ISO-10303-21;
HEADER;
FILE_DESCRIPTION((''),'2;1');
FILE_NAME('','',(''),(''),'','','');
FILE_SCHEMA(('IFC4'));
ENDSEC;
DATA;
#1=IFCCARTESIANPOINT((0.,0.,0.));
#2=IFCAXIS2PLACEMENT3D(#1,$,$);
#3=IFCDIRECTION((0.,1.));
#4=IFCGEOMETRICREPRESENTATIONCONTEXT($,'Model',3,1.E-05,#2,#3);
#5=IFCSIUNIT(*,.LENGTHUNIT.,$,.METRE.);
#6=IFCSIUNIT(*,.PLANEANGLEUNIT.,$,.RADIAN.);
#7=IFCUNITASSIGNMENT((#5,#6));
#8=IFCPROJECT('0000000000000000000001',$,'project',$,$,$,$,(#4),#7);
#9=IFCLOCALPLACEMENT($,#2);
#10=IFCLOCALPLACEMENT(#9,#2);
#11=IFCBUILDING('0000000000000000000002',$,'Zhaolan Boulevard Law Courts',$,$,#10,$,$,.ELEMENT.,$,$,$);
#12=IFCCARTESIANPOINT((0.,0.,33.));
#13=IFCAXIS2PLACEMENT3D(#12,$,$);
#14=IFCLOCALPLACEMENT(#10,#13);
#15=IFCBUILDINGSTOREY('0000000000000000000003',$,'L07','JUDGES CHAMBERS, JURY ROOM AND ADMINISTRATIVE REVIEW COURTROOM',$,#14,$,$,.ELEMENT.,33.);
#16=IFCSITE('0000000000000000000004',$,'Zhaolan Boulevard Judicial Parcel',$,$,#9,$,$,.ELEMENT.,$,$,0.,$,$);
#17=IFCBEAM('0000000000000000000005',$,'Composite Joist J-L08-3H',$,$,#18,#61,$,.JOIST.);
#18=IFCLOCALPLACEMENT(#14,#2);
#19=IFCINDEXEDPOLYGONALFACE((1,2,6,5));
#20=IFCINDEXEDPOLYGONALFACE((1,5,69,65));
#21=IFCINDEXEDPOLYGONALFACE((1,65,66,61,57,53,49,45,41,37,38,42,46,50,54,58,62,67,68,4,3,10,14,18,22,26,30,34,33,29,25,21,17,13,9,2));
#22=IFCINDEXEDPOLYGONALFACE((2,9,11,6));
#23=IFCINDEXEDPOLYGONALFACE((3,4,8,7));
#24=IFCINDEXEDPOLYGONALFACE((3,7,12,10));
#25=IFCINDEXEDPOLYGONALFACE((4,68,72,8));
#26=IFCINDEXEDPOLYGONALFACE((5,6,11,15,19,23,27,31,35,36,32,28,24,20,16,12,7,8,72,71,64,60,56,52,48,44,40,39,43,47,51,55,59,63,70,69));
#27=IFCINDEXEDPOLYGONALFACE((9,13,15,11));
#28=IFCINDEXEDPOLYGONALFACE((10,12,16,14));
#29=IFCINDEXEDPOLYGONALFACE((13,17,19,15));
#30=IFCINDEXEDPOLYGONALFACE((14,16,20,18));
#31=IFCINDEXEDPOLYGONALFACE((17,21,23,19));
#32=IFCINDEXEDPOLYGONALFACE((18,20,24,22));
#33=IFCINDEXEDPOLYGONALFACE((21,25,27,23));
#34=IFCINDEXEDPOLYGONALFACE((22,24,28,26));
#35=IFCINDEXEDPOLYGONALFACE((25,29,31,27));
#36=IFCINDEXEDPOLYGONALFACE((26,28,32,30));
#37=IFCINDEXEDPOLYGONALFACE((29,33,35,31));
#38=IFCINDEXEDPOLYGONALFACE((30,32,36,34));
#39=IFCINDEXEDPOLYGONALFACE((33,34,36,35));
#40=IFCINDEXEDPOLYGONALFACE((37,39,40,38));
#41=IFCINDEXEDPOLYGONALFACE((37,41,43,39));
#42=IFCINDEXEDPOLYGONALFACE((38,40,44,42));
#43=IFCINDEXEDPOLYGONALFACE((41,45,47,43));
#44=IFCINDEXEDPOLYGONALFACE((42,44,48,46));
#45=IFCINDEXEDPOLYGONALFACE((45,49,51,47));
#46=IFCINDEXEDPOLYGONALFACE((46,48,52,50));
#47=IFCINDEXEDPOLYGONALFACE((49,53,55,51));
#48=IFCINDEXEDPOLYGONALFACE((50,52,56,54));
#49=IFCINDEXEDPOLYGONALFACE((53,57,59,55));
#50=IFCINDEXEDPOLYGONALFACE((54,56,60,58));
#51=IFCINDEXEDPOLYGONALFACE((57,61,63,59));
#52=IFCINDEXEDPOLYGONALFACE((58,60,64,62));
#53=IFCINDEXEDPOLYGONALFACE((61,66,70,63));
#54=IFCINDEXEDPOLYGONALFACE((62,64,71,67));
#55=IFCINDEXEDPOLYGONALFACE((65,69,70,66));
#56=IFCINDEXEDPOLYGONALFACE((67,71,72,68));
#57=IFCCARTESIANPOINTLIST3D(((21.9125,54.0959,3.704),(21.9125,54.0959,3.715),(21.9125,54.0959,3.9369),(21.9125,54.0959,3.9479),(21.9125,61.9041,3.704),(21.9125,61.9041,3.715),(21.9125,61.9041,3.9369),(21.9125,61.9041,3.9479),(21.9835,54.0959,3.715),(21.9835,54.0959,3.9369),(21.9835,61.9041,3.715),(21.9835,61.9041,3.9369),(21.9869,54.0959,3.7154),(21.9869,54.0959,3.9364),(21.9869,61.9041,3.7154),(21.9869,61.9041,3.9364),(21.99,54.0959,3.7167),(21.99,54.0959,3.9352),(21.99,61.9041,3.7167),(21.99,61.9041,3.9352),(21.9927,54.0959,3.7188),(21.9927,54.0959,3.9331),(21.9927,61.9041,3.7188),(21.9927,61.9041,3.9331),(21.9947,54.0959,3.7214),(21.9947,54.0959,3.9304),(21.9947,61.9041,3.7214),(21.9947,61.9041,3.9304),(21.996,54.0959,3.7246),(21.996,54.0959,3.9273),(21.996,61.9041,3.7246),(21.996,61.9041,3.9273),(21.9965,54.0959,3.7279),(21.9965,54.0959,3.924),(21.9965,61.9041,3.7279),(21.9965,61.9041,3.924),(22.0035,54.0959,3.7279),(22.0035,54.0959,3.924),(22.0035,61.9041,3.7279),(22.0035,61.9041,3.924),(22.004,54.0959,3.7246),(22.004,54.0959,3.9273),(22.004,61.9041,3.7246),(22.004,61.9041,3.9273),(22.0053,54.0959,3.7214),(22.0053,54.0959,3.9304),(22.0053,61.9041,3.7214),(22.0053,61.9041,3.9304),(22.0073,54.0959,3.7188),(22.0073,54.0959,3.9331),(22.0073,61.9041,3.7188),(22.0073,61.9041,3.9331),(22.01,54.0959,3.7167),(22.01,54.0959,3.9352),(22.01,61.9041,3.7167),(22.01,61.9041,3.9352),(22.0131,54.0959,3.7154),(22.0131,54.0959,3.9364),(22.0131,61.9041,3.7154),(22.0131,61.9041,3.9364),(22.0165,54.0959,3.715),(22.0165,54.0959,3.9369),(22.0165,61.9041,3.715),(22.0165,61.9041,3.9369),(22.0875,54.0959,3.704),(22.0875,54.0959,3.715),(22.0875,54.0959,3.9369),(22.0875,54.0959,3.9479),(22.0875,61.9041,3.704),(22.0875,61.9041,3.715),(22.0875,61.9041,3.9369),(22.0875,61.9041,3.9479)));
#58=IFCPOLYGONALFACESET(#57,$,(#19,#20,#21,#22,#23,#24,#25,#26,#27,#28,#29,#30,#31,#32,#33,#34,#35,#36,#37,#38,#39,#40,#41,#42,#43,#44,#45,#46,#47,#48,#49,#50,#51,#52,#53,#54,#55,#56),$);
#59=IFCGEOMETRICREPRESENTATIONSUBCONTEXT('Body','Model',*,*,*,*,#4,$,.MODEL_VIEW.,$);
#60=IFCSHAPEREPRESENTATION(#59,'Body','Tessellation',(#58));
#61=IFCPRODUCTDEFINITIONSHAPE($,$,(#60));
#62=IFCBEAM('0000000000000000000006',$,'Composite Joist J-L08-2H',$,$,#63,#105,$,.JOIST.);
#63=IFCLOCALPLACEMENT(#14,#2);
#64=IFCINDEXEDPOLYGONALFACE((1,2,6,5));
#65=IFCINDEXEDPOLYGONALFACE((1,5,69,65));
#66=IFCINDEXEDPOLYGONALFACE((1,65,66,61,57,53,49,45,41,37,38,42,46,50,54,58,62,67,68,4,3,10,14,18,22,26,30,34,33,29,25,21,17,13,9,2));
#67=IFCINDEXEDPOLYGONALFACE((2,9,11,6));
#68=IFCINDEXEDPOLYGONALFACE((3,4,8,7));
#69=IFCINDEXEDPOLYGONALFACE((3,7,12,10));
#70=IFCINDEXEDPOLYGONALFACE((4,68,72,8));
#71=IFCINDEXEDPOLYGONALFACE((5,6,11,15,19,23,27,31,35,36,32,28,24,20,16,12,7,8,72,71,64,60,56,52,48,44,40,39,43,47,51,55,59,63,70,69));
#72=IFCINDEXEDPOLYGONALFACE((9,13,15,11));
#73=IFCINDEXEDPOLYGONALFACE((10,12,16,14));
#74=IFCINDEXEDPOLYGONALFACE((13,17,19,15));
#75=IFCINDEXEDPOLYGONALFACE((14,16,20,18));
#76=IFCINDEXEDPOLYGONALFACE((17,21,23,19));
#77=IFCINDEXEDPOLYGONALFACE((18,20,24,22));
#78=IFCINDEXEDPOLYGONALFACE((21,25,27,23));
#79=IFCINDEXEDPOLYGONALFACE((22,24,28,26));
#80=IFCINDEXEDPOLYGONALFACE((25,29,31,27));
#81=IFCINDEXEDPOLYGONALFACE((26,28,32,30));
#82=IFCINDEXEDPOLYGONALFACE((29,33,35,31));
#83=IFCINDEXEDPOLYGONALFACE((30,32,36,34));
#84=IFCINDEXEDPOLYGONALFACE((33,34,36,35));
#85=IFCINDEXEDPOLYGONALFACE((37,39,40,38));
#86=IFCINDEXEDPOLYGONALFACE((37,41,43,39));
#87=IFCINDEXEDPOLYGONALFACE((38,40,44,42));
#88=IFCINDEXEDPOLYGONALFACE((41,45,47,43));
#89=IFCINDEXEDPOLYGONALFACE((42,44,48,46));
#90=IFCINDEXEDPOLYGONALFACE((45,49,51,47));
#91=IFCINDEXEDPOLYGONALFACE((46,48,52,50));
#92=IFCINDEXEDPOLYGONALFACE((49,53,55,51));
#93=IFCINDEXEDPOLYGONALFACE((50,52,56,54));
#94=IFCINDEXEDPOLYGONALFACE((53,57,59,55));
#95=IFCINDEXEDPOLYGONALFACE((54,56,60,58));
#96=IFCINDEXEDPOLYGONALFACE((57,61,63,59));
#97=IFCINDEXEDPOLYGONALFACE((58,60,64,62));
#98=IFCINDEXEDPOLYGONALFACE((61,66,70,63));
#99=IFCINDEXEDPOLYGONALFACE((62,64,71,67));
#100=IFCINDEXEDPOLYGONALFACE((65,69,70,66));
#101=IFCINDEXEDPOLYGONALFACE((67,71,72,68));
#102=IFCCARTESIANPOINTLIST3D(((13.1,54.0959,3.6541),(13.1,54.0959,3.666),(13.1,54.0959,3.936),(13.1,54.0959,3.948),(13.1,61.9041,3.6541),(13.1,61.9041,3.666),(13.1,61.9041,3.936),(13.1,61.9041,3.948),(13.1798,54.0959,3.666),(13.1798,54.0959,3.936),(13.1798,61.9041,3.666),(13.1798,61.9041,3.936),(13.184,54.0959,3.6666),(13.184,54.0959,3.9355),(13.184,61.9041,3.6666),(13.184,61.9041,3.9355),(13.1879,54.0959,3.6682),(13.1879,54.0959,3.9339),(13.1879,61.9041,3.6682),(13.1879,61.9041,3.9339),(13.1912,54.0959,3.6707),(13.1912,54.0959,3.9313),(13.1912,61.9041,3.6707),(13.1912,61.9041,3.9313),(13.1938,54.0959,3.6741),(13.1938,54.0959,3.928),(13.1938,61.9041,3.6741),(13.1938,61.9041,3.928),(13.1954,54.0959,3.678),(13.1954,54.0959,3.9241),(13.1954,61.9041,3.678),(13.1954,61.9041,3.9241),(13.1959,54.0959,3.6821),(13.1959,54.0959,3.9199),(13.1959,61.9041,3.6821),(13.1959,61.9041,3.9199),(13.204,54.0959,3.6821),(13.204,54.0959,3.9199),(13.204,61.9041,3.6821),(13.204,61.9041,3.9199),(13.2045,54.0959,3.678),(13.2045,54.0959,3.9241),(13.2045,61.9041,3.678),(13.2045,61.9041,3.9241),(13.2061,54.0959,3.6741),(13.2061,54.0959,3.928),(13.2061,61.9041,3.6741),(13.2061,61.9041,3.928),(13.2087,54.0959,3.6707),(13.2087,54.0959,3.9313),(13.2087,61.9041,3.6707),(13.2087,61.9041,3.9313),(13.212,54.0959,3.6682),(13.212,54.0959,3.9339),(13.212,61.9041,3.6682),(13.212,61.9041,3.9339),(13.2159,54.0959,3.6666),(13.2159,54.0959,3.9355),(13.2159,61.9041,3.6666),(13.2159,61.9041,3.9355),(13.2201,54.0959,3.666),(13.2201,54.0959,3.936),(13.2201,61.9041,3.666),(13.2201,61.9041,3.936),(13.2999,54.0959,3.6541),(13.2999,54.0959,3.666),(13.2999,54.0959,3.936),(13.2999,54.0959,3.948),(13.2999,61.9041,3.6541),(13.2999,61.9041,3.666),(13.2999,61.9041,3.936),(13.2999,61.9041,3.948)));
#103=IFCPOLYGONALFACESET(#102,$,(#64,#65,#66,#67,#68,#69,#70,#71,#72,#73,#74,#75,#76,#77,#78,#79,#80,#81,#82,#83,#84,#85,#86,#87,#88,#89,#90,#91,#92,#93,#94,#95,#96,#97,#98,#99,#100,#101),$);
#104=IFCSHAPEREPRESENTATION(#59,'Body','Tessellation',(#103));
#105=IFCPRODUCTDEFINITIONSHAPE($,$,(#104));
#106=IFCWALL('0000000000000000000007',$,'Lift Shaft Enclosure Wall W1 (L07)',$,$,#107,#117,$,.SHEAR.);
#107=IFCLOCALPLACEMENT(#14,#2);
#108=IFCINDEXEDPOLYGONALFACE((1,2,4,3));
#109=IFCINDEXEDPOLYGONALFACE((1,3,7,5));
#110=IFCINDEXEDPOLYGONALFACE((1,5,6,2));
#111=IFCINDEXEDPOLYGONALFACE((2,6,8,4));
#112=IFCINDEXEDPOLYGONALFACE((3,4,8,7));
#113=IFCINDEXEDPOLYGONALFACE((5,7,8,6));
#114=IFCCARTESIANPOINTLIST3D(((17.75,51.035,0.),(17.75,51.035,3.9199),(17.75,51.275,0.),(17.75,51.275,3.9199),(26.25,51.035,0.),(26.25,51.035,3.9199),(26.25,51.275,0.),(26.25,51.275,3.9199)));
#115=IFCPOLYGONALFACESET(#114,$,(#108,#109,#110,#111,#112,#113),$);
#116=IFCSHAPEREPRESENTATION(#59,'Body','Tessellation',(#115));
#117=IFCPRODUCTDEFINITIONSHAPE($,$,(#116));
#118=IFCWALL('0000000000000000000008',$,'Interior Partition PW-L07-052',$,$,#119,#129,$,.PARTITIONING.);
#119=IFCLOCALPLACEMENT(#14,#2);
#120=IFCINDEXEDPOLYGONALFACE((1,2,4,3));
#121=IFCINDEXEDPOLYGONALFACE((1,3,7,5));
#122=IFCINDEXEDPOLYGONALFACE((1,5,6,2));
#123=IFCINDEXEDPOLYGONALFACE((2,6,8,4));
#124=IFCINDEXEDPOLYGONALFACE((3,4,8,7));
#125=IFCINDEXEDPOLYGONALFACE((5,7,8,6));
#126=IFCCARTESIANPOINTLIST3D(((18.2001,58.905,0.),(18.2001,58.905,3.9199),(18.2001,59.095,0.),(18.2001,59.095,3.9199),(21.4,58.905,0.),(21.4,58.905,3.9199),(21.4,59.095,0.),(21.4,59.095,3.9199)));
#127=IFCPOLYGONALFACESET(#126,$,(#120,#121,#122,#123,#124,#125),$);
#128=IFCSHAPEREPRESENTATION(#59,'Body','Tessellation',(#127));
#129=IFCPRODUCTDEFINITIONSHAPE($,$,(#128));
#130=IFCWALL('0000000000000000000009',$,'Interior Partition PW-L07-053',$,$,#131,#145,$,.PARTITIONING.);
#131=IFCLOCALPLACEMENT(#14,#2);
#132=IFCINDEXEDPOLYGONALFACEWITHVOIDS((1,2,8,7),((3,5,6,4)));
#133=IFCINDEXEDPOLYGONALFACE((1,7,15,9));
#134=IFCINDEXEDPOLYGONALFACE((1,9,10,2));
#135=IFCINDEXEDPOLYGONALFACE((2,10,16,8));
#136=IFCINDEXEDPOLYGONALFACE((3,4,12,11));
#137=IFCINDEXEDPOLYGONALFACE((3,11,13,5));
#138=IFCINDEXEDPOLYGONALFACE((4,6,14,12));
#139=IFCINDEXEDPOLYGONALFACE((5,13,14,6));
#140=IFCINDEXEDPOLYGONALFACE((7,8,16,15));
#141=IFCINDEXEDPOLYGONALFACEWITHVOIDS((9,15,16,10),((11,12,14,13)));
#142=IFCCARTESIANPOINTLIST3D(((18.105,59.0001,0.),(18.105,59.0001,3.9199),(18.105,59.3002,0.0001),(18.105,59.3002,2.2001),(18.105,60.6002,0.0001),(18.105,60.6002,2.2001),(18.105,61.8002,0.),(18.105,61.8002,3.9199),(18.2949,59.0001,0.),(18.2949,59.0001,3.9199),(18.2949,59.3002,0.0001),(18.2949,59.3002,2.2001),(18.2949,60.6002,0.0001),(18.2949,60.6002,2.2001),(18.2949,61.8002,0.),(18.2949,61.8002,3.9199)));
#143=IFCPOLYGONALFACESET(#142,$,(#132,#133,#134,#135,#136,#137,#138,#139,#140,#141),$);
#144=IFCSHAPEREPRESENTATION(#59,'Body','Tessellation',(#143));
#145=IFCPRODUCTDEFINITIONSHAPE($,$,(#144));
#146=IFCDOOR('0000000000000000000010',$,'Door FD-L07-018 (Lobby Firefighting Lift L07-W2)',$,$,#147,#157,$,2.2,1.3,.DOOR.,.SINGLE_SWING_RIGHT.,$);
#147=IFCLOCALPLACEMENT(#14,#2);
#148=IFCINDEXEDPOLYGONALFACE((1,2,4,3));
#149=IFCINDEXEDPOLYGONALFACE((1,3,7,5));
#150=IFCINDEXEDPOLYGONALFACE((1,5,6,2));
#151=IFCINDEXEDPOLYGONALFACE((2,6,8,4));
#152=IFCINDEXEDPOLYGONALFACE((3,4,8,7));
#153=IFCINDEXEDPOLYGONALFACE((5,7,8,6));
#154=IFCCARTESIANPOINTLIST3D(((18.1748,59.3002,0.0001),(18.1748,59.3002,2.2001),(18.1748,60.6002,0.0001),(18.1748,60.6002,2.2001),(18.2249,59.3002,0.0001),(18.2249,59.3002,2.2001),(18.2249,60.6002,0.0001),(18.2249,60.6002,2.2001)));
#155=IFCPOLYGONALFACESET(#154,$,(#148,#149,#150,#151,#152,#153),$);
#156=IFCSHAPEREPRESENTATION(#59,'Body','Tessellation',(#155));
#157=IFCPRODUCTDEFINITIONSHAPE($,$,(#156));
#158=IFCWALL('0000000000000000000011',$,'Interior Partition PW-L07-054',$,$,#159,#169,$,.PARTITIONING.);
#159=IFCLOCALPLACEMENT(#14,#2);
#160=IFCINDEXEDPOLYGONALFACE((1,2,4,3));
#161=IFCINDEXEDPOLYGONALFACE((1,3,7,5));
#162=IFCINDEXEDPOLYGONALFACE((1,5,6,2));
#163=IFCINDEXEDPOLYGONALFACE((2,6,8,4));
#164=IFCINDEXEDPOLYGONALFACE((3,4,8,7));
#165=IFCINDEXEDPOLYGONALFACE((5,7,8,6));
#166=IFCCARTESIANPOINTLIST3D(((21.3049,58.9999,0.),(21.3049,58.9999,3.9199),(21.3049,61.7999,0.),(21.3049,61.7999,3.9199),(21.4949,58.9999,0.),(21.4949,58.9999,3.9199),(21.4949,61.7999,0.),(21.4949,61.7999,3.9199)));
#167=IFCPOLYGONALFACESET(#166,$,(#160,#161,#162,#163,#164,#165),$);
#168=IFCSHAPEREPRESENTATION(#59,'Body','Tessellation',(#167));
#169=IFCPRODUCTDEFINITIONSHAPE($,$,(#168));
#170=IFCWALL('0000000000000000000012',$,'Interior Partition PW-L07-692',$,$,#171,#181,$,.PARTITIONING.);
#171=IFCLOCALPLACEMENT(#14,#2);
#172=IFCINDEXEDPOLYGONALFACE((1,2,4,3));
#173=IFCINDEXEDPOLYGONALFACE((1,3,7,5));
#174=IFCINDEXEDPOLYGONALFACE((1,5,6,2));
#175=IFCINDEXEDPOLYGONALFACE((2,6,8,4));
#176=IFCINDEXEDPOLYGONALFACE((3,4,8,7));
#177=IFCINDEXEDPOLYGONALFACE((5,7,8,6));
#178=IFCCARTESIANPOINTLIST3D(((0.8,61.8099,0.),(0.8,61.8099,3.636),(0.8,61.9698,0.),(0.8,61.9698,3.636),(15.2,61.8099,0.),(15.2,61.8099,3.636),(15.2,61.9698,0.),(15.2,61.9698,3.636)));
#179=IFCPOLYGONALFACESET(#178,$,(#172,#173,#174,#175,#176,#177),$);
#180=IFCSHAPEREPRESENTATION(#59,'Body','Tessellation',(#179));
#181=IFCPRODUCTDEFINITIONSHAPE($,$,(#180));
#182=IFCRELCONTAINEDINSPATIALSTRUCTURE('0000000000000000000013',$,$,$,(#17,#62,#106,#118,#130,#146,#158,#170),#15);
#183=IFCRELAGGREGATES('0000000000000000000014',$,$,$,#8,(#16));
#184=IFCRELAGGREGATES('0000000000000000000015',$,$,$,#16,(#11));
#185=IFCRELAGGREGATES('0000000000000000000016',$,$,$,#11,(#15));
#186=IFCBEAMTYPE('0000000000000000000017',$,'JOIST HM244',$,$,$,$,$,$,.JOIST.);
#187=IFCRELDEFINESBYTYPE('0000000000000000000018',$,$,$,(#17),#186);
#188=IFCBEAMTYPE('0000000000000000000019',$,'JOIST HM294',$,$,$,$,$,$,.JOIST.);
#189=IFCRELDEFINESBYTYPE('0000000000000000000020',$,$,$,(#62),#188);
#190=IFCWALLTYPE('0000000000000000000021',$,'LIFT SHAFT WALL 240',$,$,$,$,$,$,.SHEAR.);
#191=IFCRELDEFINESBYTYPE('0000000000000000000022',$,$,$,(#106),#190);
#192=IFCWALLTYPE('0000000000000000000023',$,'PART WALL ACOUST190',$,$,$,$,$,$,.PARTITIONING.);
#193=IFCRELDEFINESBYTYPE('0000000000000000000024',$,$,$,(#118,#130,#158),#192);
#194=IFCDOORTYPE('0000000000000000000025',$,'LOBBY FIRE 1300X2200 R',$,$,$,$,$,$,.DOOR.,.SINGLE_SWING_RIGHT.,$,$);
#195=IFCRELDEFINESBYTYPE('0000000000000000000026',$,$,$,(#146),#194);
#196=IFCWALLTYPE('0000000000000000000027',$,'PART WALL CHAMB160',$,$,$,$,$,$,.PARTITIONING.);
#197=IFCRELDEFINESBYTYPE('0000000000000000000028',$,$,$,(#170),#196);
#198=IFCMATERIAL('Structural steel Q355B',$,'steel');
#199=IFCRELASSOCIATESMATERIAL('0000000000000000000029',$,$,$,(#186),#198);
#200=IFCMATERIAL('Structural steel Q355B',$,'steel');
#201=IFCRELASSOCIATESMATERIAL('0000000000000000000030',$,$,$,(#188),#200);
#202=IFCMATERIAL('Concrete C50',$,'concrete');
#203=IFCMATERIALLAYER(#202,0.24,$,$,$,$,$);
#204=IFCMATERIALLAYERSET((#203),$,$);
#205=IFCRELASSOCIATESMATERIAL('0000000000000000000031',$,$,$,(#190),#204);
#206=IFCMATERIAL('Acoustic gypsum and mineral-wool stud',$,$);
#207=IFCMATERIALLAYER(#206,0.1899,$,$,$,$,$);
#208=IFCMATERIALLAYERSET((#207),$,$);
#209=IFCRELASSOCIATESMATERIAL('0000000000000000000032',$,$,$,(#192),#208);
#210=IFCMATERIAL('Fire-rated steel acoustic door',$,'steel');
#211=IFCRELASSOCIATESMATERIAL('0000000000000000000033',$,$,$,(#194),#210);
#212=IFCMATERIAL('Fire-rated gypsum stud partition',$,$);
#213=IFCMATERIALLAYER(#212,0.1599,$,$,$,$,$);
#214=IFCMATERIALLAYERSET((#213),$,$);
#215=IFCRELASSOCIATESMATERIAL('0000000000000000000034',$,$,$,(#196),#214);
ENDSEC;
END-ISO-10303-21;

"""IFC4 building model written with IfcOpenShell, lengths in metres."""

from ifc_helpers import new_model, si_unit, direction, frame, frame_2d, origin, origin_2d, place, context, subcontext, project, spatial, rectangle, i_section, extrude, material, layer, layer_set, material_profile, profile_set, type_object, element, fill, save


model = new_model("IFC4")

# Units and contexts
model_context = context("Model", 3, precision=1e-05, world=origin(), true_north=direction((0.0, 1.0)))
body_context = subcontext(model_context, "Body", "Model", "MODEL_VIEW")
ifc_project = project(units=[si_unit("LENGTHUNIT", "METRE"), si_unit("PLANEANGLEUNIT", "RADIAN")], contexts=[model_context])

# Site, building, storey
site_placement = place(None, origin())
site = spatial("IfcSite", under=ifc_project, at=site_placement, Name="Zhaolan Boulevard Judicial Parcel", CompositionType="ELEMENT", RefElevation=0.0)
building_placement = place(site_placement, origin())
building = spatial("IfcBuilding", under=site, at=building_placement, Name="Zhaolan Boulevard Law Courts", CompositionType="ELEMENT")
storey_placement = place(building_placement, frame((0.0, 0.0, 33.0)))
storey = spatial("IfcBuildingStorey", under=building, at=storey_placement, Name="L07", Description="JUDGES CHAMBERS, JURY ROOM AND ADMINISTRATIVE REVIEW COURTROOM", CompositionType="ELEMENT", Elevation=33.0)

# Beams
ifc_material_1 = material(Name="Structural steel Q355B", Category="steel")
ifc_material_profile_1 = material_profile(ifc_material_1, i_section(OverallWidth=0.175, OverallDepth=0.2439, WebThickness=0.0071, FlangeThickness=0.011, FilletRadius=0.0129, at=origin_2d()), Name="HM244x175")
ifc_profile_set_1 = profile_set([ifc_material_profile_1], Name="Structural steel Q355B")
beam_type_1 = type_object("IfcBeamType", Name="JOIST HM244", PredefinedType="JOIST", material=ifc_profile_set_1)
beam_1_placement = place(storey_placement, frame((22.0, 54.0959, 3.8259), z_axis=(0.0, 1.0, 0.0), x_axis=(-1.0, 0.0, 0.0)))
element("IfcBeam", 1, at=beam_1_placement, inside=storey, type_object=beam_type_1, Name="Composite Joist J-L08-3H", PredefinedType="JOIST", context=body_context, shape_type="SweptSolid", body=[
    extrude(i_section(OverallWidth=0.175, OverallDepth=0.2439, WebThickness=0.0071, FlangeThickness=0.011, FilletRadius=0.0129, at=origin_2d()), origin(), (0.0, 0.0, 1.0), 7.8081),
])
ifc_material_2 = material(Name="Structural steel Q355B", Category="steel")
ifc_material_profile_2 = material_profile(ifc_material_2, i_section(OverallWidth=0.2, OverallDepth=0.2939, WebThickness=0.0081, FlangeThickness=0.012, FilletRadius=0.0161, at=origin_2d()), Name="HM294x200")
ifc_profile_set_2 = profile_set([ifc_material_profile_2], Name="Structural steel Q355B")
beam_type_2 = type_object("IfcBeamType", Name="JOIST HM294", PredefinedType="JOIST", material=ifc_profile_set_2)
beam_2_placement = place(storey_placement, frame((13.2, 54.0959, 3.801), z_axis=(0.0, 1.0, 0.0), x_axis=(-1.0, 0.0, 0.0)))
element("IfcBeam", 2, at=beam_2_placement, inside=storey, type_object=beam_type_2, Name="Composite Joist J-L08-2H", PredefinedType="JOIST", context=body_context, shape_type="SweptSolid", body=[
    extrude(i_section(OverallWidth=0.2, OverallDepth=0.2939, WebThickness=0.0081, FlangeThickness=0.012, FilletRadius=0.0161, at=origin_2d()), origin(), (0.0, 0.0, 1.0), 7.8081),
])

# Walls
ifc_material_3 = material(Name="Concrete C50", Category="concrete")
ifc_layer_1 = layer(ifc_material_3, 0.24)
ifc_layer_set_1 = layer_set([ifc_layer_1])
wall_type_1 = type_object("IfcWallType", Name="LIFT SHAFT WALL 240", PredefinedType="SHEAR", material=ifc_layer_set_1)
wall_1_placement = place(storey_placement, frame((17.75, 51.155, 0.0), z_axis=(0.0, 0.0, 1.0), x_axis=(1.0, 0.0, 0.0)))
element("IfcWall", 3, at=wall_1_placement, inside=storey, type_object=wall_type_1, Name="Lift Shaft Enclosure Wall W1 (L07)", PredefinedType="SHEAR", context=body_context, shape_type="SweptSolid", body=[
    extrude(rectangle(XDim=8.5, YDim=0.24, at=frame_2d((4.25, 0.0))), origin(), (0.0, 0.0, 1.0), 3.9199),
])
ifc_material_4 = material(Name="Acoustic gypsum and mineral-wool stud")
ifc_layer_2 = layer(ifc_material_4, 0.1899)
ifc_layer_set_2 = layer_set([ifc_layer_2])
wall_type_2 = type_object("IfcWallType", Name="PART WALL ACOUST190", PredefinedType="PARTITIONING", material=ifc_layer_set_2)
wall_2_placement = place(storey_placement, frame((18.2, 59.0, 0.0), z_axis=(0.0, 0.0, 1.0), x_axis=(1.0, 0.0, 0.0)))
element("IfcWall", 4, at=wall_2_placement, inside=storey, type_object=wall_type_2, Name="Interior Partition PW-L07-052", PredefinedType="PARTITIONING", context=body_context, shape_type="SweptSolid", body=[
    extrude(rectangle(XDim=3.2, YDim=0.1899, at=frame_2d((1.6001, 0.0))), origin(), (0.0, 0.0, 1.0), 3.9199),
])

# Wall, opening, door
wall_3_placement = place(storey_placement, frame((18.2, 61.8, 0.0), z_axis=(0.0, 0.0, 1.0), x_axis=(0.0, -1.0, 0.0)))
wall_3 = element("IfcWall", 5, at=wall_3_placement, inside=storey, type_object=wall_type_2, Name="Interior Partition PW-L07-053", PredefinedType="PARTITIONING", context=body_context, shape_type="SweptSolid", body=[
    extrude(rectangle(XDim=2.8, YDim=0.1899, at=frame_2d((1.3999, 0.0))), origin(), (0.0, 0.0, 1.0), 3.9199),
])
opening_1_placement = place(wall_3_placement, frame((1.2, 0.0, 0.0)))
opening_1 = element("IfcOpeningElement", 6, at=opening_1_placement, cuts=wall_3, PredefinedType="OPENING", context=body_context, shape_type="SweptSolid", body=[
    extrude(rectangle(XDim=1.3, YDim=2.2, at=frame_2d((0.6499, 1.1001))), frame((0.0, 0.105, 0.0), z_axis=(0.0, -1.0, 0.0), x_axis=(1.0, 0.0, 0.0)), (0.0, 0.0, 1.0), 0.21),
])
ifc_material_5 = material(Name="Fire-rated steel acoustic door", Category="steel")
door_type_1 = type_object("IfcDoorType", Name="LOBBY FIRE 1300X2200 R", OperationType="SINGLE_SWING_RIGHT", PredefinedType="DOOR", material=ifc_material_5)
door_1_placement = place(opening_1_placement, origin())
door_1 = element("IfcDoor", 7, at=door_1_placement, inside=storey, type_object=door_type_1, Name="Door FD-L07-018 (Lobby Firefighting Lift L07-W2)", OperationType="SINGLE_SWING_RIGHT", OverallHeight=2.2, OverallWidth=1.3, PredefinedType="DOOR", context=body_context, shape_type="SweptSolid", body=[
    extrude(rectangle(XDim=1.3, YDim=2.2, at=frame_2d((0.6499, 1.1001))), frame((0.0, 0.0249, 0.0), z_axis=(0.0, -1.0, 0.0), x_axis=(1.0, 0.0, 0.0)), (0.0, 0.0, 1.0), 0.05),
])
fill(opening_1, door_1)

# Walls
wall_4_placement = place(storey_placement, frame((21.3999, 59.0, 0.0), z_axis=(0.0, 0.0, 1.0), x_axis=(0.0, 1.0, 0.0)))
element("IfcWall", 8, at=wall_4_placement, inside=storey, type_object=wall_type_2, Name="Interior Partition PW-L07-054", PredefinedType="PARTITIONING", context=body_context, shape_type="SweptSolid", body=[
    extrude(rectangle(XDim=2.8, YDim=0.1899, at=frame_2d((1.3999, 0.0))), origin(), (0.0, 0.0, 1.0), 3.9199),
])
ifc_material_6 = material(Name="Fire-rated gypsum stud partition")
ifc_layer_3 = layer(ifc_material_6, 0.1599)
ifc_layer_set_3 = layer_set([ifc_layer_3])
wall_type_3 = type_object("IfcWallType", Name="PART WALL CHAMB160", PredefinedType="PARTITIONING", material=ifc_layer_set_3)
wall_5_placement = place(storey_placement, frame((15.2, 61.8899, 0.0), z_axis=(0.0, 0.0, 1.0), x_axis=(-1.0, 0.0, 0.0)))
element("IfcWall", 9, at=wall_5_placement, inside=storey, type_object=wall_type_3, Name="Interior Partition PW-L07-692", PredefinedType="PARTITIONING", context=body_context, shape_type="SweptSolid", body=[
    extrude(rectangle(XDim=14.3999, YDim=0.1599, at=frame_2d((7.2, 0.0))), origin(), (0.0, 0.0, 1.0), 3.636),
])

save(model, "model.ifc")
